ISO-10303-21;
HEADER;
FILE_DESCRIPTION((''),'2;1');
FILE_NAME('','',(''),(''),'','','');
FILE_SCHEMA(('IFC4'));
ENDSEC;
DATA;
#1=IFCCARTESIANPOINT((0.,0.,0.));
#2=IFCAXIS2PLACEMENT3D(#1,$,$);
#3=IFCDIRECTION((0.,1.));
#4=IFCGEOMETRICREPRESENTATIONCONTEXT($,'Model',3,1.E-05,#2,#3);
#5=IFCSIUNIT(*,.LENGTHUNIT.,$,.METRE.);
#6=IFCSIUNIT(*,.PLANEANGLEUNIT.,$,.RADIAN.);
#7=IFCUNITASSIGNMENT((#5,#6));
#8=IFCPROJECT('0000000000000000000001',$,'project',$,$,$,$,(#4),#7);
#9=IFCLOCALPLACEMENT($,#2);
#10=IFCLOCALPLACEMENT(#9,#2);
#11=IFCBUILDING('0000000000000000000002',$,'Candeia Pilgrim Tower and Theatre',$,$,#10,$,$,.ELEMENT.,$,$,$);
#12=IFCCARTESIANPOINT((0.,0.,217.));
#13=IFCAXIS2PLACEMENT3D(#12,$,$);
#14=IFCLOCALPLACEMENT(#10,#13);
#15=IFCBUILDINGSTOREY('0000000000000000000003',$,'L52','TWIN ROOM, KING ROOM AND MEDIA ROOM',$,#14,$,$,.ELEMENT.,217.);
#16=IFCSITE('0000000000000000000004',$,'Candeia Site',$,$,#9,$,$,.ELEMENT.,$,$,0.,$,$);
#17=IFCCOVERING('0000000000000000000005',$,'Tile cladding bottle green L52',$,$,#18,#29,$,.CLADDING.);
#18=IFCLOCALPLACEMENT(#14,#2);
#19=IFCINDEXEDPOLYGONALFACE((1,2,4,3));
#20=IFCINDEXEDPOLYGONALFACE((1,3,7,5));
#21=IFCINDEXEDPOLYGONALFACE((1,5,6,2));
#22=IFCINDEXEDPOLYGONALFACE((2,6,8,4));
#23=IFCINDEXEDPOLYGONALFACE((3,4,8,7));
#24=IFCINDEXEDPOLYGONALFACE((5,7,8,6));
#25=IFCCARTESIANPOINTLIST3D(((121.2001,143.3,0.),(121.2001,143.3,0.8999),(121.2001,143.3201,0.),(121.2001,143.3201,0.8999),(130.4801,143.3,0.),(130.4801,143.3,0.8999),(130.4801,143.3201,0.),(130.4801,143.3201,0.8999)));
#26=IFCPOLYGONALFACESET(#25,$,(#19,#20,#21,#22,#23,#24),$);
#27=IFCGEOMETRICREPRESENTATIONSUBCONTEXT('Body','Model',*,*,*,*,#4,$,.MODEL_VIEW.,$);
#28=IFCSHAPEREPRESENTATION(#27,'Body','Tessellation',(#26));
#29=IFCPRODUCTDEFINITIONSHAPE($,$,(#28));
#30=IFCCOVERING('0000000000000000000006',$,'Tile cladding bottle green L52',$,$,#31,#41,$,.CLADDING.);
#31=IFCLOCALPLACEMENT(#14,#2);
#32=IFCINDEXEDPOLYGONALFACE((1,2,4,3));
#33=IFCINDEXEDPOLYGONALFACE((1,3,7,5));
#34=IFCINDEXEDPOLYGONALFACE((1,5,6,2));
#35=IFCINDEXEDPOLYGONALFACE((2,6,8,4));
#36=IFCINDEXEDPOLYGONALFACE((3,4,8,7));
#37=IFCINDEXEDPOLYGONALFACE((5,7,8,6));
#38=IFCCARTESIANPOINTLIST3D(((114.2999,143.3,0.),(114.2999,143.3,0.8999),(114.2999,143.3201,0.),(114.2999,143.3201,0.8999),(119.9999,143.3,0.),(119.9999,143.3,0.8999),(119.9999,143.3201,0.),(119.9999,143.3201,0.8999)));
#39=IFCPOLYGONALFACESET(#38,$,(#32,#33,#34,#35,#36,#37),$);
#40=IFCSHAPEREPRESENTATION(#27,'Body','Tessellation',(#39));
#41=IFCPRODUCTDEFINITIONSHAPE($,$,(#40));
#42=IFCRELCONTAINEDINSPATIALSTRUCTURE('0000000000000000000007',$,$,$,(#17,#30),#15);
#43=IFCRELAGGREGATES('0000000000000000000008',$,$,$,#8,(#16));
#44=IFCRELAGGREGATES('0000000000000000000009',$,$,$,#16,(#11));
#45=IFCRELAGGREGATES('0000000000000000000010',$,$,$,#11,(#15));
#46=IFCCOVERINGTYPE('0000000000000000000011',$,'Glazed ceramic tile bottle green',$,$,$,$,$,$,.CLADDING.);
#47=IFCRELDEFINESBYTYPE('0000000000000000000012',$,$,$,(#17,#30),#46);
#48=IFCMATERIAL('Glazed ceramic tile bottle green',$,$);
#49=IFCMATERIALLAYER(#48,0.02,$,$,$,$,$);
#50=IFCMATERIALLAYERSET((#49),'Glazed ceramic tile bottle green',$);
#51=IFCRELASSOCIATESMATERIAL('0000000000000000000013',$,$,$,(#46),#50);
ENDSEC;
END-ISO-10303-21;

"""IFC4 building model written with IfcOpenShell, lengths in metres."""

from ifc_helpers import new_model, si_unit, direction, frame, origin, origin_2d, place, context, subcontext, project, spatial, rectangle, extrude, material, layer, layer_set, type_object, element, save


model = new_model("IFC4")

# Units and contexts
model_context = context("Model", 3, precision=1e-05, world=origin(), true_north=direction((0.0, 1.0)))
body_context = subcontext(model_context, "Body", "Model", "MODEL_VIEW")
ifc_project = project(units=[si_unit("LENGTHUNIT", "METRE"), si_unit("PLANEANGLEUNIT", "RADIAN")], contexts=[model_context])

# Site, building, storey
site_placement = place(None, origin())
site = spatial("IfcSite", under=ifc_project, at=site_placement, Name="Candeia Site", CompositionType="ELEMENT", RefElevation=0.0)
building_placement = place(site_placement, origin())
building = spatial("IfcBuilding", under=site, at=building_placement, Name="Candeia Pilgrim Tower and Theatre", CompositionType="ELEMENT")
storey_placement = place(building_placement, frame((0.0, 0.0, 217.0)))
storey = spatial("IfcBuildingStorey", under=building, at=storey_placement, Name="L52", Description="TWIN ROOM, KING ROOM AND MEDIA ROOM", CompositionType="ELEMENT", Elevation=217.0)

# Coverings
ifc_material_1 = material(Name="Glazed ceramic tile bottle green")
ifc_layer_1 = layer(ifc_material_1, 0.02)
ifc_layer_set_1 = layer_set([ifc_layer_1], Name="Glazed ceramic tile bottle green")
covering_type = type_object("IfcCoveringType", Name="Glazed ceramic tile bottle green", PredefinedType="CLADDING", material=ifc_layer_set_1)
covering_1_placement = place(storey_placement, frame((125.8401, 143.3101, 0.0), z_axis=(0.0, 0.0, 1.0), x_axis=(-1.0, 0.0, 0.0)))
element("IfcCovering", 1, at=covering_1_placement, inside=storey, type_object=covering_type, Name="Tile cladding bottle green L52", PredefinedType="CLADDING", context=body_context, shape_type="SweptSolid", body=[
    extrude(rectangle(XDim=9.28, YDim=0.02, at=origin_2d()), origin(), (0.0, 0.0, 1.0), 0.8999),
])
covering_2_placement = place(storey_placement, frame((117.1499, 143.3101, 0.0), z_axis=(0.0, 0.0, 1.0), x_axis=(-1.0, 0.0, 0.0)))
element("IfcCovering", 2, at=covering_2_placement, inside=storey, type_object=covering_type, Name="Tile cladding bottle green L52", PredefinedType="CLADDING", context=body_context, shape_type="SweptSolid", body=[
    extrude(rectangle(XDim=5.7, YDim=0.02, at=origin_2d()), origin(), (0.0, 0.0, 1.0), 0.8999),
])

save(model, "model.ifc")
